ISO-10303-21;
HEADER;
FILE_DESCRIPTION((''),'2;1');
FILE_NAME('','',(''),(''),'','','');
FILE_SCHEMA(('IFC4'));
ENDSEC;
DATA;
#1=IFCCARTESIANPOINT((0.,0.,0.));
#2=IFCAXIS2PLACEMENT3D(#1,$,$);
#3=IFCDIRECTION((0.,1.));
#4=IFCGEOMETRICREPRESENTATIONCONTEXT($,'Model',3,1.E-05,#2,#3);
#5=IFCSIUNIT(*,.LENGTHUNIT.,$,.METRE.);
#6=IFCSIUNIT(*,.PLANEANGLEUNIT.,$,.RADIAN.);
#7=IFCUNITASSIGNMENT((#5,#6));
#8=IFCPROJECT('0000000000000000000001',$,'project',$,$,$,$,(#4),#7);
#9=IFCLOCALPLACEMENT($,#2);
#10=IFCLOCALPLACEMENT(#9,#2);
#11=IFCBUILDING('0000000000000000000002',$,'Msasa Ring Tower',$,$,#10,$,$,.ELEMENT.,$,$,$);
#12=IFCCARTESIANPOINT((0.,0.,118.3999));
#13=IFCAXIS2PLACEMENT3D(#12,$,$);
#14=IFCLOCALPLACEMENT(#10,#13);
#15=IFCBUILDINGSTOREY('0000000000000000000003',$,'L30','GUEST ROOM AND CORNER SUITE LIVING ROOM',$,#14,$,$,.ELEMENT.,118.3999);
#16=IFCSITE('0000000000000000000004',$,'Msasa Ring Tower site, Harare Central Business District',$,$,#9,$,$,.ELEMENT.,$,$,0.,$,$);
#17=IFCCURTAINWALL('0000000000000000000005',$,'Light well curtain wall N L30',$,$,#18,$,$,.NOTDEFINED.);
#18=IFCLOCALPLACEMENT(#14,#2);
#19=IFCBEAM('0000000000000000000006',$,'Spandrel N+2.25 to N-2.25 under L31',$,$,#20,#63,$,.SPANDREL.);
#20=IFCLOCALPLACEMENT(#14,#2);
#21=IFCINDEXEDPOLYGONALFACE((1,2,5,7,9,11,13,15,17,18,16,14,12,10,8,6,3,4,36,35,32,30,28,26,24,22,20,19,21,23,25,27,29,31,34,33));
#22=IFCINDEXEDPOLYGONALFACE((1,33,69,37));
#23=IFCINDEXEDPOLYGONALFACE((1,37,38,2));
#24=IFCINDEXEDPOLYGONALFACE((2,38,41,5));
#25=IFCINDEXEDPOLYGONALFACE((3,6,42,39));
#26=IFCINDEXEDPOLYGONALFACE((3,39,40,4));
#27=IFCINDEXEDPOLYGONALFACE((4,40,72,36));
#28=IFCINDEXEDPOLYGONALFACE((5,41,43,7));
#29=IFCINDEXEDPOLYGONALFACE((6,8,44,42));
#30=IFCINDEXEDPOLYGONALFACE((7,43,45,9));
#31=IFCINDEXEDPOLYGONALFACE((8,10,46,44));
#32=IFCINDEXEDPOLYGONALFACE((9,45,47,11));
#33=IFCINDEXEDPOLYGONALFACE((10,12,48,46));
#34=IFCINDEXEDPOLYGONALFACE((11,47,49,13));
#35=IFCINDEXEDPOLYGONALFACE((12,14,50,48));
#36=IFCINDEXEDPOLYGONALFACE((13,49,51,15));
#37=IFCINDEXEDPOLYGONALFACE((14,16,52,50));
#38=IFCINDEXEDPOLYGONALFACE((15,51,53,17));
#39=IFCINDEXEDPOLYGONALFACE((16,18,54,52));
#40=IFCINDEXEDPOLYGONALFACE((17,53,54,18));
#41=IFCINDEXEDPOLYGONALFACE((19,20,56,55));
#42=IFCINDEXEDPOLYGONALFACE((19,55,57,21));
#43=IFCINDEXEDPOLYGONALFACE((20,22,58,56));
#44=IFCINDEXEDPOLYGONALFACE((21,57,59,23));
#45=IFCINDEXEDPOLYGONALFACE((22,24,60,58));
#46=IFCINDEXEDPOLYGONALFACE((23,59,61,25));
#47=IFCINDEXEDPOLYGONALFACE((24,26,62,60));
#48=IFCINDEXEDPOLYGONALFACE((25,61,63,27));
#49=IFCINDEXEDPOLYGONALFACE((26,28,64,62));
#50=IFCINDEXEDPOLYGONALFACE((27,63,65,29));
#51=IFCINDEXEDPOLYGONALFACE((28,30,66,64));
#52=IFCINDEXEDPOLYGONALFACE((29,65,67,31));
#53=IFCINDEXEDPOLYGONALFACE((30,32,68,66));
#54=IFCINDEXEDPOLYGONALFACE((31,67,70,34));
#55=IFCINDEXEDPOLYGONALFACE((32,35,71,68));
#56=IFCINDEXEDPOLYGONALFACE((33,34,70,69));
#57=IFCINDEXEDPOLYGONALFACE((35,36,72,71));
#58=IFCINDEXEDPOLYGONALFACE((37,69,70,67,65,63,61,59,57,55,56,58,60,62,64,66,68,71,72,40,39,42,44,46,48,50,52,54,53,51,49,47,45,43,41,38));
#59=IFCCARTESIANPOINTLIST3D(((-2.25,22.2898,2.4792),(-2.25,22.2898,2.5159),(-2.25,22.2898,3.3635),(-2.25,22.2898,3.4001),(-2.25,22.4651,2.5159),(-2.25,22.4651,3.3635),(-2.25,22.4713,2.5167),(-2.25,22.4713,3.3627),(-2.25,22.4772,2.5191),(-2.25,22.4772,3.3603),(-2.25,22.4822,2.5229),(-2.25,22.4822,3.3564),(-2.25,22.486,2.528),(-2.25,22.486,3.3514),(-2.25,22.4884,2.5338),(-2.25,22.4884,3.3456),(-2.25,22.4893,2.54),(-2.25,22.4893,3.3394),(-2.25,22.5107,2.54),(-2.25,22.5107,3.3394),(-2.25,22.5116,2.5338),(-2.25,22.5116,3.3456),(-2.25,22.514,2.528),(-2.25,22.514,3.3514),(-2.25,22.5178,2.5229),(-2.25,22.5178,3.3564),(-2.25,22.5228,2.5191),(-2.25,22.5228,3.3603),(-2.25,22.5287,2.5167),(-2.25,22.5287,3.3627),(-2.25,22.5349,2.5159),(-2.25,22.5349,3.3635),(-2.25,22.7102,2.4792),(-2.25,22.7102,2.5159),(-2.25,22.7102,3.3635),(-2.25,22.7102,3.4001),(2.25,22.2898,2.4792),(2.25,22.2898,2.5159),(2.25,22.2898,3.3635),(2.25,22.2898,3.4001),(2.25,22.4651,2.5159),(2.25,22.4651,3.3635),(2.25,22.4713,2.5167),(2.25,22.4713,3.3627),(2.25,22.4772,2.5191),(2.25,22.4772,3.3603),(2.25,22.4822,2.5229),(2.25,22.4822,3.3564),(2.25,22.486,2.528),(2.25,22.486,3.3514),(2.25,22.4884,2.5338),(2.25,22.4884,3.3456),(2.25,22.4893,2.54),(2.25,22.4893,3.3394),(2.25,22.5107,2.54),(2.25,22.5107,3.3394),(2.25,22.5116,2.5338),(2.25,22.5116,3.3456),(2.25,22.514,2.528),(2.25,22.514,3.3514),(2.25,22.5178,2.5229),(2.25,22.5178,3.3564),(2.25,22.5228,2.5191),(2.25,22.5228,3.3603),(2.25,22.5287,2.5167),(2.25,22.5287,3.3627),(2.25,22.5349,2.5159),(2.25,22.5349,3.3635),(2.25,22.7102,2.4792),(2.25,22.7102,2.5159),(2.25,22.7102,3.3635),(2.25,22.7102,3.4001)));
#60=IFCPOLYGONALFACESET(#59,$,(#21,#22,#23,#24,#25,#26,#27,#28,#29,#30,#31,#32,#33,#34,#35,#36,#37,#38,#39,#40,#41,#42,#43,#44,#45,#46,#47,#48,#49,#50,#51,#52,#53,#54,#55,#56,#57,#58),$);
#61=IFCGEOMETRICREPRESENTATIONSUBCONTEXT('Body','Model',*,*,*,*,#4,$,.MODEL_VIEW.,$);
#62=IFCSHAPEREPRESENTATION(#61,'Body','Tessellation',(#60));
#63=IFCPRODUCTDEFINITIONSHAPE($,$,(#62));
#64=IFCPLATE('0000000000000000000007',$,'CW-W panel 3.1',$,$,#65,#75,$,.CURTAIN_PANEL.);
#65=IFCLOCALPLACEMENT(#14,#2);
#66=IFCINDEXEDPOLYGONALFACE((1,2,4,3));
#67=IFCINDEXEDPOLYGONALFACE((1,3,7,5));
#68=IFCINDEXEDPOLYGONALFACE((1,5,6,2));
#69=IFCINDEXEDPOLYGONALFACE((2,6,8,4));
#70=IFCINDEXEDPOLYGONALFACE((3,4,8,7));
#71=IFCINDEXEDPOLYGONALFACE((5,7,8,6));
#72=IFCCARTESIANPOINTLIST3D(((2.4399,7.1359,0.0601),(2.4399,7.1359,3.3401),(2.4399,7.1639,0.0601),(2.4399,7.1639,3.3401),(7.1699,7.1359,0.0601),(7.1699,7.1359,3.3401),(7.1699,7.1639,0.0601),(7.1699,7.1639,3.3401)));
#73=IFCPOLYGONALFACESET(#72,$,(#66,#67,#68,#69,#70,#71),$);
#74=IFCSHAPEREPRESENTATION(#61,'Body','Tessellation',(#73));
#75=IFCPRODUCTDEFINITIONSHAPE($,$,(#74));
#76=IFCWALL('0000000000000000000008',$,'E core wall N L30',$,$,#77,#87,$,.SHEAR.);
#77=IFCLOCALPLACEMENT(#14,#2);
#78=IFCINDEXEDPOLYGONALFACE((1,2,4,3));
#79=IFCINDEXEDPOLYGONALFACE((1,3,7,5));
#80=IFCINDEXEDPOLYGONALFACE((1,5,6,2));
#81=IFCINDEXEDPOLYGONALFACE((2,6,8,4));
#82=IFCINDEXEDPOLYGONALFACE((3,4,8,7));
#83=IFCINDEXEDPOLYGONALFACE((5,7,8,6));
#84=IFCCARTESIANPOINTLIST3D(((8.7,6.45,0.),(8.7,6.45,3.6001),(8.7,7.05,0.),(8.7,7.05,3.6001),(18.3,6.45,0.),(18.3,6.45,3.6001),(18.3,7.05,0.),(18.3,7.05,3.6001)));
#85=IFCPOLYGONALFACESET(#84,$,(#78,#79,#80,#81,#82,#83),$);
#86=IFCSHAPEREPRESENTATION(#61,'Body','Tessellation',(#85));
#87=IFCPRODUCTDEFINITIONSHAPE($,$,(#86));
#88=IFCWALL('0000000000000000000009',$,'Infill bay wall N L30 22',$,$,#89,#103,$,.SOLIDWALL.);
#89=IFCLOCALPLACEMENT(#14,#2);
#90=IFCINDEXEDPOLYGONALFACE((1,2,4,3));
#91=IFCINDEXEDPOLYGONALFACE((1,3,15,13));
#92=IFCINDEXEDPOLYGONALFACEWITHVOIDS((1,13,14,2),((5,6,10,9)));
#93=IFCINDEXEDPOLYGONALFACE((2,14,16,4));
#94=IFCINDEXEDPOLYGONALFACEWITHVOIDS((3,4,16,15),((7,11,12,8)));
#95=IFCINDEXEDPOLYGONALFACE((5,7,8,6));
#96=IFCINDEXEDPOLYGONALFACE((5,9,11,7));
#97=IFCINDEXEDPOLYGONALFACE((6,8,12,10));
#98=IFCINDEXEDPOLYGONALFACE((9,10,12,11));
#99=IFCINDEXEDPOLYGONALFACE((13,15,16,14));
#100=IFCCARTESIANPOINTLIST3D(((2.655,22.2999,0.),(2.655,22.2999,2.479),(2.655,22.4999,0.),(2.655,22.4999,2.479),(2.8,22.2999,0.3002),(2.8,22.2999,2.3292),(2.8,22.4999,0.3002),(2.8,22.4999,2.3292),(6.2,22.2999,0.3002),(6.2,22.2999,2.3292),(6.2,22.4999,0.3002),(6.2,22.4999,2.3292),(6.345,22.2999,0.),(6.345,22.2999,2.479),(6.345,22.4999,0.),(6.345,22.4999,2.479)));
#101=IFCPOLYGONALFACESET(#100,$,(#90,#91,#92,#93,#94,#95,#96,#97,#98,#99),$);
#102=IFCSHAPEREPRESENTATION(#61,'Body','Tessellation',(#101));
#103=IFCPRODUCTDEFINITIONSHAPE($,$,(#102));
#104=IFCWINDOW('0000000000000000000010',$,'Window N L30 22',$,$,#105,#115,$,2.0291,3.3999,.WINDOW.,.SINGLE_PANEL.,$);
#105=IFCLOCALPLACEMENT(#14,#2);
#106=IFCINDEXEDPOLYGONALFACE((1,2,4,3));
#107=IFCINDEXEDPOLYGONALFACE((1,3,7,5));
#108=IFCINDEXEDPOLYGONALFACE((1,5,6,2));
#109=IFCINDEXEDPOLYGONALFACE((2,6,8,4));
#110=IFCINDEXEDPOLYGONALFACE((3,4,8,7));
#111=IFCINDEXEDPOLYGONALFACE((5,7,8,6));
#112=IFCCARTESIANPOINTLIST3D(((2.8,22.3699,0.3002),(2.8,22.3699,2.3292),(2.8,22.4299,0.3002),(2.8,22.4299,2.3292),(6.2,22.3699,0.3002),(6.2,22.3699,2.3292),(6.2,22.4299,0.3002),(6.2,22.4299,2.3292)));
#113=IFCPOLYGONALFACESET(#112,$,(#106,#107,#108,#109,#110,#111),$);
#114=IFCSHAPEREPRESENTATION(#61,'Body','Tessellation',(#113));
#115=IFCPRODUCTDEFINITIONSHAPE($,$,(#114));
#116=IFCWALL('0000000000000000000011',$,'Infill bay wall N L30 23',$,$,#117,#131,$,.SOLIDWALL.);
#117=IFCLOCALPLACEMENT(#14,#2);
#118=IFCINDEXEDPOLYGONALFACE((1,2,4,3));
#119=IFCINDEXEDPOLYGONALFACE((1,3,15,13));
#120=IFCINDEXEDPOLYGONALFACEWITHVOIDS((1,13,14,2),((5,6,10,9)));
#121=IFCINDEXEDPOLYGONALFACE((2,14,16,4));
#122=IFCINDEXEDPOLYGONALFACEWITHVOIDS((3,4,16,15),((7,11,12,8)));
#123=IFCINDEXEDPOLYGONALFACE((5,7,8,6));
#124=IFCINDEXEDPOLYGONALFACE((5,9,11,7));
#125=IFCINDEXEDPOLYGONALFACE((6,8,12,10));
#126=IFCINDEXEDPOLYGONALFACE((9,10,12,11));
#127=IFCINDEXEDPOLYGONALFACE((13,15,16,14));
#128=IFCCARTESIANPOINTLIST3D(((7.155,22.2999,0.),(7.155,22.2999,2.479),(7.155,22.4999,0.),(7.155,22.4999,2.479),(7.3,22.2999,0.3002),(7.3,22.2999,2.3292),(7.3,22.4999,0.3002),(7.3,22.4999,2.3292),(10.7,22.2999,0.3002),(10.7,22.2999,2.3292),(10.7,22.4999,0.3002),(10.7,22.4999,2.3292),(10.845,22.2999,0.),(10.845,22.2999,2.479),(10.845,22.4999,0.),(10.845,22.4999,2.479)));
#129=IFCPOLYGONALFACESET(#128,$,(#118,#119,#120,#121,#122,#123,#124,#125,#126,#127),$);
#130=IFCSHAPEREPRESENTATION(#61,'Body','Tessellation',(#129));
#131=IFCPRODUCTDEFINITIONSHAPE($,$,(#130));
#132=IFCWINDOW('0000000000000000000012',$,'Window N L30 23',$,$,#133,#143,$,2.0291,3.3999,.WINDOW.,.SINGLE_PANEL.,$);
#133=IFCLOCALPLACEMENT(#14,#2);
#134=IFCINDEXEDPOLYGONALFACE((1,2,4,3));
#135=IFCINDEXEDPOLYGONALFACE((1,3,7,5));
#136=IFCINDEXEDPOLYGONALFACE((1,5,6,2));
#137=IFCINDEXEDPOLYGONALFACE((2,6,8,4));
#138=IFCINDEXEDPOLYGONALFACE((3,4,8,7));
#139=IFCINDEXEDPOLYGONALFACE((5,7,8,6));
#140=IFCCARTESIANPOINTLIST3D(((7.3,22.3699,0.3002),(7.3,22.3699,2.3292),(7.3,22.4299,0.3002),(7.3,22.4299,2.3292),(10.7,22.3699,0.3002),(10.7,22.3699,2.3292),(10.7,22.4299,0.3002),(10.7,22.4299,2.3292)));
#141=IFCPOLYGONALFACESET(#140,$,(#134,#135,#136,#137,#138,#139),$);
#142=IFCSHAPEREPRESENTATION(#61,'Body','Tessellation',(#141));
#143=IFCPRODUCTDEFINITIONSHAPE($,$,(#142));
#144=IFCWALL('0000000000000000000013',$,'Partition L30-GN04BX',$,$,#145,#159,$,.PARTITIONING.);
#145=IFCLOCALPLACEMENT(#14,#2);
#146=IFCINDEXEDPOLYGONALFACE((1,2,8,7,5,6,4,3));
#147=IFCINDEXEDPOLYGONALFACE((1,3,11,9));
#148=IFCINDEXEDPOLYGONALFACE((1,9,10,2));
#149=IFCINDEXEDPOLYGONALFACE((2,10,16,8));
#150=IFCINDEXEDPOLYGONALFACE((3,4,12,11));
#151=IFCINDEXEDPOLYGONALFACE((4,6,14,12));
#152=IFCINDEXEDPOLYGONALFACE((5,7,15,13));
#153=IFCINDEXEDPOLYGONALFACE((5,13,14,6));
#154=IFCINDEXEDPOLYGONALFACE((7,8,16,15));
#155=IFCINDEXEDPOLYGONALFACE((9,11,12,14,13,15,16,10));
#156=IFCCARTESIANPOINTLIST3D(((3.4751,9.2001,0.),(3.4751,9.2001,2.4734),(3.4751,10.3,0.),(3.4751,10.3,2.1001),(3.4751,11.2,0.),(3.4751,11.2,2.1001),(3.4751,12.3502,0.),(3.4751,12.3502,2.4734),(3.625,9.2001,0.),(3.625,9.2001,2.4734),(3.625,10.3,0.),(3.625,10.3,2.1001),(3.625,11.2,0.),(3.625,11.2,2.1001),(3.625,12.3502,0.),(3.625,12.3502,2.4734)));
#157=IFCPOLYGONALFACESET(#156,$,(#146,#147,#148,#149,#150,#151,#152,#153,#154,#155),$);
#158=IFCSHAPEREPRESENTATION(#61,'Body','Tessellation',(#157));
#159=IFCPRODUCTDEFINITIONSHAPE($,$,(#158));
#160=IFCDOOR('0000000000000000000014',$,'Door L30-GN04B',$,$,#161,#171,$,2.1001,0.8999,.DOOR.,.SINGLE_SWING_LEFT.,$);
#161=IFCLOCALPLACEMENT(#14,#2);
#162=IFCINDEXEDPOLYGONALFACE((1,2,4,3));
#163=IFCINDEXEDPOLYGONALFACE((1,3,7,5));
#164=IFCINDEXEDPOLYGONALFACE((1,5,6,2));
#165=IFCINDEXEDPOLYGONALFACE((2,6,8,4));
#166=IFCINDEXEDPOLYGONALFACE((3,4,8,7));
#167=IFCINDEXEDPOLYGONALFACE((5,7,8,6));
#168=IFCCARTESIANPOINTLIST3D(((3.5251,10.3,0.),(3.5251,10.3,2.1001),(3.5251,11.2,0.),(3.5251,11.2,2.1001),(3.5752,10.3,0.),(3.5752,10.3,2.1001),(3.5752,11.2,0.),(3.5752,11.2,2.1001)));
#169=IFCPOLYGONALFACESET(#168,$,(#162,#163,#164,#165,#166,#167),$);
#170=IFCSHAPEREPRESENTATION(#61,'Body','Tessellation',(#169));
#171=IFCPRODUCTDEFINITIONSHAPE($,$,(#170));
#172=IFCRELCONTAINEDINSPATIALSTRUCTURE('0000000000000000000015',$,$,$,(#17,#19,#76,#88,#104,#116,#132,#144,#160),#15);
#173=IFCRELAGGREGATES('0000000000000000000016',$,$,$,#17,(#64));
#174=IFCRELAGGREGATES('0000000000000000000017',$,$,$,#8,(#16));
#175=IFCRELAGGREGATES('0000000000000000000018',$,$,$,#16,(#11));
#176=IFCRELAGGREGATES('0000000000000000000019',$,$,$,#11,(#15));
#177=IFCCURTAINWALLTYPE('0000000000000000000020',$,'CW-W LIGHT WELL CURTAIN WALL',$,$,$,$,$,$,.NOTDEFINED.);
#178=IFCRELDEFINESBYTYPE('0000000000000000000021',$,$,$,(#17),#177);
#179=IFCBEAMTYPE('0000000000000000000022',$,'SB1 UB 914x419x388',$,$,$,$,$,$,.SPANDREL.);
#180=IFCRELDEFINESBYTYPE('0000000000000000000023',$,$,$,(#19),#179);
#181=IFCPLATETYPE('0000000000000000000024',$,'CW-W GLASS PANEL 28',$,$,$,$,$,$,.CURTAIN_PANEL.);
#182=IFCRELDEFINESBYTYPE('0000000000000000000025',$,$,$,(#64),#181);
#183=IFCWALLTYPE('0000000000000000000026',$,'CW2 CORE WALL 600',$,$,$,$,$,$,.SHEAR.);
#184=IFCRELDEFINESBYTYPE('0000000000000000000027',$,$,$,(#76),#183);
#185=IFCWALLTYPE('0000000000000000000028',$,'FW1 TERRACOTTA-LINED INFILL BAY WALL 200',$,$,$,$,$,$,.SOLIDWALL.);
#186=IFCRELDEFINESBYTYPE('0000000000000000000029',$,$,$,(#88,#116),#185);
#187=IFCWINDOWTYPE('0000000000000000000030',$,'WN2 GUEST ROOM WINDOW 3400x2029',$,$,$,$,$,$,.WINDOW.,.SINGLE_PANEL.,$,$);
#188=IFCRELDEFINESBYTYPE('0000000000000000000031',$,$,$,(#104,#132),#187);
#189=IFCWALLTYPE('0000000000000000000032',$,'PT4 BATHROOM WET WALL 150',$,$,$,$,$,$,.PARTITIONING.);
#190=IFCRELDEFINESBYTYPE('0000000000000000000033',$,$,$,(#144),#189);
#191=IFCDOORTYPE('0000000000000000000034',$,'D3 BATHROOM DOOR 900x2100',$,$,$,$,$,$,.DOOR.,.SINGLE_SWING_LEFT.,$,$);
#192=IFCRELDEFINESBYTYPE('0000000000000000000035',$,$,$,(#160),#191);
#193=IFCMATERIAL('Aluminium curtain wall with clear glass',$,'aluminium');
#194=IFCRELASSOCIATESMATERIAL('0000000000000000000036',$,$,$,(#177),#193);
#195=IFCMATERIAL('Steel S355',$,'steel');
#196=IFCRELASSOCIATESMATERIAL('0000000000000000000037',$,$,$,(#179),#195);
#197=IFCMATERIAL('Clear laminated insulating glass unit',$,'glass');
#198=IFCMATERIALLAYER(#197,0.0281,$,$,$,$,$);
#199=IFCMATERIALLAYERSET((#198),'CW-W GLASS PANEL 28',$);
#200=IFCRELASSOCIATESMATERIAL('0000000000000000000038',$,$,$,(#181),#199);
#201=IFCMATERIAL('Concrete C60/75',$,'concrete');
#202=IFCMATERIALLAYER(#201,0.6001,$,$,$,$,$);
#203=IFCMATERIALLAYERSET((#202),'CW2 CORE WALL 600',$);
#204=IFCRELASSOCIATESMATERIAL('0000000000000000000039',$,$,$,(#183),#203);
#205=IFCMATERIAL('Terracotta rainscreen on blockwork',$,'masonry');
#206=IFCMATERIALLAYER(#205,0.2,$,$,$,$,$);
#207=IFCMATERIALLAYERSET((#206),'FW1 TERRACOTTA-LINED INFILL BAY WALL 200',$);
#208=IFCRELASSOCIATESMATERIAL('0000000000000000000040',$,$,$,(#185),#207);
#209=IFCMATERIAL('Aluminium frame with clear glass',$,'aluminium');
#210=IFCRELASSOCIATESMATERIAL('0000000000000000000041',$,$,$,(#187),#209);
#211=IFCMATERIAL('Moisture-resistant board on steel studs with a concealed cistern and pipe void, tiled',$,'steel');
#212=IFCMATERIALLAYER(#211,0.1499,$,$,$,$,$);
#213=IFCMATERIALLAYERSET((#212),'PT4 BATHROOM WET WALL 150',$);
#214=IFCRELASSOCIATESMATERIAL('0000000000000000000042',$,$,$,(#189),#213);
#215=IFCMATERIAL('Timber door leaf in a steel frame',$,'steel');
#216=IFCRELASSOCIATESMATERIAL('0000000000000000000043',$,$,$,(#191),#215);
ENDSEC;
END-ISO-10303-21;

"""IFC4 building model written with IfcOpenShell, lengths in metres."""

from ifc_helpers import new_model, si_unit, direction, frame, frame_2d, origin, origin_2d, place, context, subcontext, project, spatial, rectangle, i_section, extrude, material, layer, layer_set, material_profile, profile_set, type_object, element, fill, aggregate, save


model = new_model("IFC4")

# Units and contexts
model_context = context("Model", 3, precision=1e-05, world=origin(), true_north=direction((0.0, 1.0)))
body_context = subcontext(model_context, "Body", "Model", "MODEL_VIEW")
ifc_project = project(units=[si_unit("LENGTHUNIT", "METRE"), si_unit("PLANEANGLEUNIT", "RADIAN")], contexts=[model_context])

# Site, building, storey
site_placement = place(None, origin())
site = spatial("IfcSite", under=ifc_project, at=site_placement, Name="Msasa Ring Tower site, Harare Central Business District", CompositionType="ELEMENT", RefElevation=0.0)
building_placement = place(site_placement, origin())
building = spatial("IfcBuilding", under=site, at=building_placement, Name="Msasa Ring Tower", CompositionType="ELEMENT")
storey_placement = place(building_placement, frame((0.0, 0.0, 118.3999)))
storey = spatial("IfcBuildingStorey", under=building, at=storey_placement, Name="L30", Description="GUEST ROOM AND CORNER SUITE LIVING ROOM", CompositionType="ELEMENT", Elevation=118.3999)

# Curtain wall
ifc_material_1 = material(Name="Aluminium curtain wall with clear glass", Category="aluminium")
curtain_wall_type = type_object("IfcCurtainWallType", Name="CW-W LIGHT WELL CURTAIN WALL", PredefinedType="NOTDEFINED", material=ifc_material_1)
curtain_wall_1_placement = place(storey_placement, origin())
curtain_wall_1 = element("IfcCurtainWall", 1, at=curtain_wall_1_placement, inside=storey, type_object=curtain_wall_type, Name="Light well curtain wall N L30", PredefinedType="NOTDEFINED")

# Beam
ifc_material_2 = material(Name="Steel S355", Category="steel")
ifc_material_profile_1 = material_profile(ifc_material_2, i_section(OverallWidth=0.4204, OverallDepth=0.9209, WebThickness=0.0215, FlangeThickness=0.0366, FilletRadius=0.0242, at=origin_2d()), Name="UB 914x419x388")
ifc_profile_set_1 = profile_set([ifc_material_profile_1], Name="Steel S355")
beam_type_1 = type_object("IfcBeamType", Name="SB1 UB 914x419x388", PredefinedType="SPANDREL", material=ifc_profile_set_1)
for number, where, z_axis, x_axis, name in (
    (2, (2.25, 22.5, 2.9397), (-1.0, 0.0, 0.0), (0.0, -1.0, 0.0), "Spandrel N+2.25 to N-2.25 under L31"),
):
    element("IfcBeam", number, at=place(storey_placement, frame(where, z_axis=z_axis, x_axis=x_axis)), inside=storey, type_object=beam_type_1, Name=name, PredefinedType="SPANDREL", context=body_context, shape_type="SweptSolid", body=[
        extrude(i_section(OverallWidth=0.4204, OverallDepth=0.9209, WebThickness=0.0215, FlangeThickness=0.0366, FilletRadius=0.0242, at=origin_2d()), origin(), (0.0, 0.0, 1.0), 4.5),
    ])

# Plate
ifc_material_3 = material(Name="Clear laminated insulating glass unit", Category="glass")
ifc_layer_1 = layer(ifc_material_3, 0.0281)
ifc_layer_set_1 = layer_set([ifc_layer_1], Name="CW-W GLASS PANEL 28")
plate_type = type_object("IfcPlateType", Name="CW-W GLASS PANEL 28", PredefinedType="CURTAIN_PANEL", material=ifc_layer_set_1)
plate_placement = place(storey_placement, frame((4.8049, 7.1499, 0.0601), z_axis=(0.0, 0.0, 1.0), x_axis=(1.0, 0.0, 0.0)))
plate = element("IfcPlate", 3, at=plate_placement, type_object=plate_type, Name="CW-W panel 3.1", PredefinedType="CURTAIN_PANEL", context=body_context, shape_type="SweptSolid", body=[
    extrude(rectangle(XDim=4.73, YDim=0.0281, at=origin_2d()), origin(), (0.0, 0.0, 1.0), 3.28),
])
aggregate(curtain_wall_1, [plate])

# Wall
ifc_material_4 = material(Name="Concrete C60/75", Category="concrete")
ifc_layer_2 = layer(ifc_material_4, 0.6001)
ifc_layer_set_2 = layer_set([ifc_layer_2], Name="CW2 CORE WALL 600")
wall_type_1 = type_object("IfcWallType", Name="CW2 CORE WALL 600", PredefinedType="SHEAR", material=ifc_layer_set_2)
wall_1_placement = place(storey_placement, frame((8.7, 6.75, 0.0), z_axis=(0.0, 0.0, 1.0), x_axis=(1.0, 0.0, 0.0)))
element("IfcWall", 4, at=wall_1_placement, inside=storey, type_object=wall_type_1, Name="E core wall N L30", PredefinedType="SHEAR", context=body_context, shape_type="SweptSolid", body=[
    extrude(rectangle(XDim=9.6001, YDim=0.6001, at=frame_2d((4.8, 0.0))), origin(), (0.0, 0.0, 1.0), 3.6001),
])

# Walls, openings, windows
ifc_material_5 = material(Name="Terracotta rainscreen on blockwork", Category="masonry")
ifc_layer_3 = layer(ifc_material_5, 0.2)
ifc_layer_set_3 = layer_set([ifc_layer_3], Name="FW1 TERRACOTTA-LINED INFILL BAY WALL 200")
wall_type_2 = type_object("IfcWallType", Name="FW1 TERRACOTTA-LINED INFILL BAY WALL 200", PredefinedType="SOLIDWALL", material=ifc_layer_set_3)
wall_2_placement = place(storey_placement, frame((2.655, 22.3999, 0.0), z_axis=(0.0, 0.0, 1.0), x_axis=(1.0, 0.0, 0.0)))
wall_2 = element("IfcWall", 5, at=wall_2_placement, inside=storey, type_object=wall_type_2, Name="Infill bay wall N L30 22", PredefinedType="SOLIDWALL", context=body_context, shape_type="SweptSolid", body=[
    extrude(rectangle(XDim=3.6899, YDim=0.2, at=frame_2d((1.845, 0.0))), origin(), (0.0, 0.0, 1.0), 2.479),
])
opening_1_placement = place(wall_2_placement, frame((0.145, 0.0, 0.3)))
opening_1 = element("IfcOpeningElement", 6, at=opening_1_placement, cuts=wall_2, PredefinedType="OPENING", context=body_context, shape_type="SweptSolid", body=[
    extrude(rectangle(XDim=3.3999, YDim=2.0291, at=frame_2d((1.7, 1.0146))), frame((0.0, 0.1099, 0.0), z_axis=(0.0, -1.0, 0.0), x_axis=(1.0, 0.0, 0.0)), (0.0, 0.0, 1.0), 0.22),
])
ifc_material_6 = material(Name="Aluminium frame with clear glass", Category="aluminium")
window_type = type_object("IfcWindowType", Name="WN2 GUEST ROOM WINDOW 3400x2029", PartitioningType="SINGLE_PANEL", PredefinedType="WINDOW", material=ifc_material_6)
window_1_placement = place(opening_1_placement, origin())
window_1 = element("IfcWindow", 7, at=window_1_placement, inside=storey, type_object=window_type, Name="Window N L30 22", OverallHeight=2.0291, OverallWidth=3.3999, PartitioningType="SINGLE_PANEL", PredefinedType="WINDOW", context=body_context, shape_type="SweptSolid", body=[
    extrude(rectangle(XDim=3.3999, YDim=2.0291, at=frame_2d((1.7, 1.0146))), frame((0.0, 0.03, 0.0), z_axis=(0.0, -1.0, 0.0), x_axis=(1.0, 0.0, 0.0)), (0.0, 0.0, 1.0), 0.0601),
])
fill(opening_1, window_1)
wall_3_placement = place(storey_placement, frame((7.155, 22.3999, 0.0), z_axis=(0.0, 0.0, 1.0), x_axis=(1.0, 0.0, 0.0)))
wall_3 = element("IfcWall", 8, at=wall_3_placement, inside=storey, type_object=wall_type_2, Name="Infill bay wall N L30 23", PredefinedType="SOLIDWALL", context=body_context, shape_type="SweptSolid", body=[
    extrude(rectangle(XDim=3.6899, YDim=0.2, at=frame_2d((1.845, 0.0))), origin(), (0.0, 0.0, 1.0), 2.479),
])
opening_2_placement = place(wall_3_placement, frame((0.145, 0.0, 0.3)))
opening_2 = element("IfcOpeningElement", 9, at=opening_2_placement, cuts=wall_3, PredefinedType="OPENING", context=body_context, shape_type="SweptSolid", body=[
    extrude(rectangle(XDim=3.3999, YDim=2.0291, at=frame_2d((1.7, 1.0146))), frame((0.0, 0.1099, 0.0), z_axis=(0.0, -1.0, 0.0), x_axis=(1.0, 0.0, 0.0)), (0.0, 0.0, 1.0), 0.22),
])
window_2_placement = place(opening_2_placement, origin())
window_2 = element("IfcWindow", 10, at=window_2_placement, inside=storey, type_object=window_type, Name="Window N L30 23", OverallHeight=2.0291, OverallWidth=3.3999, PartitioningType="SINGLE_PANEL", PredefinedType="WINDOW", context=body_context, shape_type="SweptSolid", body=[
    extrude(rectangle(XDim=3.3999, YDim=2.0291, at=frame_2d((1.7, 1.0146))), frame((0.0, 0.03, 0.0), z_axis=(0.0, -1.0, 0.0), x_axis=(1.0, 0.0, 0.0)), (0.0, 0.0, 1.0), 0.0601),
])
fill(opening_2, window_2)

# Wall, opening, door
ifc_material_7 = material(Name="Moisture-resistant board on steel studs with a concealed cistern and pipe void, tiled", Category="steel")
ifc_layer_4 = layer(ifc_material_7, 0.1499)
ifc_layer_set_4 = layer_set([ifc_layer_4], Name="PT4 BATHROOM WET WALL 150")
wall_type_3 = type_object("IfcWallType", Name="PT4 BATHROOM WET WALL 150", PredefinedType="PARTITIONING", material=ifc_layer_set_4)
wall_4_placement = place(storey_placement, frame((3.55, 9.2, 0.0), z_axis=(0.0, 0.0, 1.0), x_axis=(0.0, 1.0, 0.0)))
wall_4 = element("IfcWall", 11, at=wall_4_placement, inside=storey, type_object=wall_type_3, Name="Partition L30-GN04BX", PredefinedType="PARTITIONING", context=body_context, shape_type="SweptSolid", body=[
    extrude(rectangle(XDim=3.1501, YDim=0.1499, at=frame_2d((1.5752, 0.0))), origin(), (0.0, 0.0, 1.0), 2.4734),
])
opening_3_placement = place(wall_4_placement, frame((1.1001, 0.0, 0.0)))
opening_3 = element("IfcOpeningElement", 12, at=opening_3_placement, cuts=wall_4, PredefinedType="OPENING", context=body_context, shape_type="SweptSolid", body=[
    extrude(rectangle(XDim=0.8999, YDim=2.1001, at=frame_2d((0.45, 1.05))), frame((0.0, 0.085, 0.0), z_axis=(0.0, -1.0, 0.0), x_axis=(1.0, 0.0, 0.0)), (0.0, 0.0, 1.0), 0.1699),
])
ifc_material_8 = material(Name="Timber door leaf in a steel frame", Category="steel")
door_type = type_object("IfcDoorType", Name="D3 BATHROOM DOOR 900x2100", OperationType="SINGLE_SWING_LEFT", PredefinedType="DOOR", material=ifc_material_8)
door_1_placement = place(opening_3_placement, origin())
door_1 = element("IfcDoor", 13, at=door_1_placement, inside=storey, type_object=door_type, Name="Door L30-GN04B", OperationType="SINGLE_SWING_LEFT", OverallHeight=2.1001, OverallWidth=0.8999, PredefinedType="DOOR", context=body_context, shape_type="SweptSolid", body=[
    extrude(rectangle(XDim=0.8999, YDim=2.1001, at=frame_2d((0.45, 1.05))), frame((0.0, 0.0249, 0.0), z_axis=(0.0, -1.0, 0.0), x_axis=(1.0, 0.0, 0.0)), (0.0, 0.0, 1.0), 0.05),
])
fill(opening_3, door_1)

save(model, "model.ifc")
